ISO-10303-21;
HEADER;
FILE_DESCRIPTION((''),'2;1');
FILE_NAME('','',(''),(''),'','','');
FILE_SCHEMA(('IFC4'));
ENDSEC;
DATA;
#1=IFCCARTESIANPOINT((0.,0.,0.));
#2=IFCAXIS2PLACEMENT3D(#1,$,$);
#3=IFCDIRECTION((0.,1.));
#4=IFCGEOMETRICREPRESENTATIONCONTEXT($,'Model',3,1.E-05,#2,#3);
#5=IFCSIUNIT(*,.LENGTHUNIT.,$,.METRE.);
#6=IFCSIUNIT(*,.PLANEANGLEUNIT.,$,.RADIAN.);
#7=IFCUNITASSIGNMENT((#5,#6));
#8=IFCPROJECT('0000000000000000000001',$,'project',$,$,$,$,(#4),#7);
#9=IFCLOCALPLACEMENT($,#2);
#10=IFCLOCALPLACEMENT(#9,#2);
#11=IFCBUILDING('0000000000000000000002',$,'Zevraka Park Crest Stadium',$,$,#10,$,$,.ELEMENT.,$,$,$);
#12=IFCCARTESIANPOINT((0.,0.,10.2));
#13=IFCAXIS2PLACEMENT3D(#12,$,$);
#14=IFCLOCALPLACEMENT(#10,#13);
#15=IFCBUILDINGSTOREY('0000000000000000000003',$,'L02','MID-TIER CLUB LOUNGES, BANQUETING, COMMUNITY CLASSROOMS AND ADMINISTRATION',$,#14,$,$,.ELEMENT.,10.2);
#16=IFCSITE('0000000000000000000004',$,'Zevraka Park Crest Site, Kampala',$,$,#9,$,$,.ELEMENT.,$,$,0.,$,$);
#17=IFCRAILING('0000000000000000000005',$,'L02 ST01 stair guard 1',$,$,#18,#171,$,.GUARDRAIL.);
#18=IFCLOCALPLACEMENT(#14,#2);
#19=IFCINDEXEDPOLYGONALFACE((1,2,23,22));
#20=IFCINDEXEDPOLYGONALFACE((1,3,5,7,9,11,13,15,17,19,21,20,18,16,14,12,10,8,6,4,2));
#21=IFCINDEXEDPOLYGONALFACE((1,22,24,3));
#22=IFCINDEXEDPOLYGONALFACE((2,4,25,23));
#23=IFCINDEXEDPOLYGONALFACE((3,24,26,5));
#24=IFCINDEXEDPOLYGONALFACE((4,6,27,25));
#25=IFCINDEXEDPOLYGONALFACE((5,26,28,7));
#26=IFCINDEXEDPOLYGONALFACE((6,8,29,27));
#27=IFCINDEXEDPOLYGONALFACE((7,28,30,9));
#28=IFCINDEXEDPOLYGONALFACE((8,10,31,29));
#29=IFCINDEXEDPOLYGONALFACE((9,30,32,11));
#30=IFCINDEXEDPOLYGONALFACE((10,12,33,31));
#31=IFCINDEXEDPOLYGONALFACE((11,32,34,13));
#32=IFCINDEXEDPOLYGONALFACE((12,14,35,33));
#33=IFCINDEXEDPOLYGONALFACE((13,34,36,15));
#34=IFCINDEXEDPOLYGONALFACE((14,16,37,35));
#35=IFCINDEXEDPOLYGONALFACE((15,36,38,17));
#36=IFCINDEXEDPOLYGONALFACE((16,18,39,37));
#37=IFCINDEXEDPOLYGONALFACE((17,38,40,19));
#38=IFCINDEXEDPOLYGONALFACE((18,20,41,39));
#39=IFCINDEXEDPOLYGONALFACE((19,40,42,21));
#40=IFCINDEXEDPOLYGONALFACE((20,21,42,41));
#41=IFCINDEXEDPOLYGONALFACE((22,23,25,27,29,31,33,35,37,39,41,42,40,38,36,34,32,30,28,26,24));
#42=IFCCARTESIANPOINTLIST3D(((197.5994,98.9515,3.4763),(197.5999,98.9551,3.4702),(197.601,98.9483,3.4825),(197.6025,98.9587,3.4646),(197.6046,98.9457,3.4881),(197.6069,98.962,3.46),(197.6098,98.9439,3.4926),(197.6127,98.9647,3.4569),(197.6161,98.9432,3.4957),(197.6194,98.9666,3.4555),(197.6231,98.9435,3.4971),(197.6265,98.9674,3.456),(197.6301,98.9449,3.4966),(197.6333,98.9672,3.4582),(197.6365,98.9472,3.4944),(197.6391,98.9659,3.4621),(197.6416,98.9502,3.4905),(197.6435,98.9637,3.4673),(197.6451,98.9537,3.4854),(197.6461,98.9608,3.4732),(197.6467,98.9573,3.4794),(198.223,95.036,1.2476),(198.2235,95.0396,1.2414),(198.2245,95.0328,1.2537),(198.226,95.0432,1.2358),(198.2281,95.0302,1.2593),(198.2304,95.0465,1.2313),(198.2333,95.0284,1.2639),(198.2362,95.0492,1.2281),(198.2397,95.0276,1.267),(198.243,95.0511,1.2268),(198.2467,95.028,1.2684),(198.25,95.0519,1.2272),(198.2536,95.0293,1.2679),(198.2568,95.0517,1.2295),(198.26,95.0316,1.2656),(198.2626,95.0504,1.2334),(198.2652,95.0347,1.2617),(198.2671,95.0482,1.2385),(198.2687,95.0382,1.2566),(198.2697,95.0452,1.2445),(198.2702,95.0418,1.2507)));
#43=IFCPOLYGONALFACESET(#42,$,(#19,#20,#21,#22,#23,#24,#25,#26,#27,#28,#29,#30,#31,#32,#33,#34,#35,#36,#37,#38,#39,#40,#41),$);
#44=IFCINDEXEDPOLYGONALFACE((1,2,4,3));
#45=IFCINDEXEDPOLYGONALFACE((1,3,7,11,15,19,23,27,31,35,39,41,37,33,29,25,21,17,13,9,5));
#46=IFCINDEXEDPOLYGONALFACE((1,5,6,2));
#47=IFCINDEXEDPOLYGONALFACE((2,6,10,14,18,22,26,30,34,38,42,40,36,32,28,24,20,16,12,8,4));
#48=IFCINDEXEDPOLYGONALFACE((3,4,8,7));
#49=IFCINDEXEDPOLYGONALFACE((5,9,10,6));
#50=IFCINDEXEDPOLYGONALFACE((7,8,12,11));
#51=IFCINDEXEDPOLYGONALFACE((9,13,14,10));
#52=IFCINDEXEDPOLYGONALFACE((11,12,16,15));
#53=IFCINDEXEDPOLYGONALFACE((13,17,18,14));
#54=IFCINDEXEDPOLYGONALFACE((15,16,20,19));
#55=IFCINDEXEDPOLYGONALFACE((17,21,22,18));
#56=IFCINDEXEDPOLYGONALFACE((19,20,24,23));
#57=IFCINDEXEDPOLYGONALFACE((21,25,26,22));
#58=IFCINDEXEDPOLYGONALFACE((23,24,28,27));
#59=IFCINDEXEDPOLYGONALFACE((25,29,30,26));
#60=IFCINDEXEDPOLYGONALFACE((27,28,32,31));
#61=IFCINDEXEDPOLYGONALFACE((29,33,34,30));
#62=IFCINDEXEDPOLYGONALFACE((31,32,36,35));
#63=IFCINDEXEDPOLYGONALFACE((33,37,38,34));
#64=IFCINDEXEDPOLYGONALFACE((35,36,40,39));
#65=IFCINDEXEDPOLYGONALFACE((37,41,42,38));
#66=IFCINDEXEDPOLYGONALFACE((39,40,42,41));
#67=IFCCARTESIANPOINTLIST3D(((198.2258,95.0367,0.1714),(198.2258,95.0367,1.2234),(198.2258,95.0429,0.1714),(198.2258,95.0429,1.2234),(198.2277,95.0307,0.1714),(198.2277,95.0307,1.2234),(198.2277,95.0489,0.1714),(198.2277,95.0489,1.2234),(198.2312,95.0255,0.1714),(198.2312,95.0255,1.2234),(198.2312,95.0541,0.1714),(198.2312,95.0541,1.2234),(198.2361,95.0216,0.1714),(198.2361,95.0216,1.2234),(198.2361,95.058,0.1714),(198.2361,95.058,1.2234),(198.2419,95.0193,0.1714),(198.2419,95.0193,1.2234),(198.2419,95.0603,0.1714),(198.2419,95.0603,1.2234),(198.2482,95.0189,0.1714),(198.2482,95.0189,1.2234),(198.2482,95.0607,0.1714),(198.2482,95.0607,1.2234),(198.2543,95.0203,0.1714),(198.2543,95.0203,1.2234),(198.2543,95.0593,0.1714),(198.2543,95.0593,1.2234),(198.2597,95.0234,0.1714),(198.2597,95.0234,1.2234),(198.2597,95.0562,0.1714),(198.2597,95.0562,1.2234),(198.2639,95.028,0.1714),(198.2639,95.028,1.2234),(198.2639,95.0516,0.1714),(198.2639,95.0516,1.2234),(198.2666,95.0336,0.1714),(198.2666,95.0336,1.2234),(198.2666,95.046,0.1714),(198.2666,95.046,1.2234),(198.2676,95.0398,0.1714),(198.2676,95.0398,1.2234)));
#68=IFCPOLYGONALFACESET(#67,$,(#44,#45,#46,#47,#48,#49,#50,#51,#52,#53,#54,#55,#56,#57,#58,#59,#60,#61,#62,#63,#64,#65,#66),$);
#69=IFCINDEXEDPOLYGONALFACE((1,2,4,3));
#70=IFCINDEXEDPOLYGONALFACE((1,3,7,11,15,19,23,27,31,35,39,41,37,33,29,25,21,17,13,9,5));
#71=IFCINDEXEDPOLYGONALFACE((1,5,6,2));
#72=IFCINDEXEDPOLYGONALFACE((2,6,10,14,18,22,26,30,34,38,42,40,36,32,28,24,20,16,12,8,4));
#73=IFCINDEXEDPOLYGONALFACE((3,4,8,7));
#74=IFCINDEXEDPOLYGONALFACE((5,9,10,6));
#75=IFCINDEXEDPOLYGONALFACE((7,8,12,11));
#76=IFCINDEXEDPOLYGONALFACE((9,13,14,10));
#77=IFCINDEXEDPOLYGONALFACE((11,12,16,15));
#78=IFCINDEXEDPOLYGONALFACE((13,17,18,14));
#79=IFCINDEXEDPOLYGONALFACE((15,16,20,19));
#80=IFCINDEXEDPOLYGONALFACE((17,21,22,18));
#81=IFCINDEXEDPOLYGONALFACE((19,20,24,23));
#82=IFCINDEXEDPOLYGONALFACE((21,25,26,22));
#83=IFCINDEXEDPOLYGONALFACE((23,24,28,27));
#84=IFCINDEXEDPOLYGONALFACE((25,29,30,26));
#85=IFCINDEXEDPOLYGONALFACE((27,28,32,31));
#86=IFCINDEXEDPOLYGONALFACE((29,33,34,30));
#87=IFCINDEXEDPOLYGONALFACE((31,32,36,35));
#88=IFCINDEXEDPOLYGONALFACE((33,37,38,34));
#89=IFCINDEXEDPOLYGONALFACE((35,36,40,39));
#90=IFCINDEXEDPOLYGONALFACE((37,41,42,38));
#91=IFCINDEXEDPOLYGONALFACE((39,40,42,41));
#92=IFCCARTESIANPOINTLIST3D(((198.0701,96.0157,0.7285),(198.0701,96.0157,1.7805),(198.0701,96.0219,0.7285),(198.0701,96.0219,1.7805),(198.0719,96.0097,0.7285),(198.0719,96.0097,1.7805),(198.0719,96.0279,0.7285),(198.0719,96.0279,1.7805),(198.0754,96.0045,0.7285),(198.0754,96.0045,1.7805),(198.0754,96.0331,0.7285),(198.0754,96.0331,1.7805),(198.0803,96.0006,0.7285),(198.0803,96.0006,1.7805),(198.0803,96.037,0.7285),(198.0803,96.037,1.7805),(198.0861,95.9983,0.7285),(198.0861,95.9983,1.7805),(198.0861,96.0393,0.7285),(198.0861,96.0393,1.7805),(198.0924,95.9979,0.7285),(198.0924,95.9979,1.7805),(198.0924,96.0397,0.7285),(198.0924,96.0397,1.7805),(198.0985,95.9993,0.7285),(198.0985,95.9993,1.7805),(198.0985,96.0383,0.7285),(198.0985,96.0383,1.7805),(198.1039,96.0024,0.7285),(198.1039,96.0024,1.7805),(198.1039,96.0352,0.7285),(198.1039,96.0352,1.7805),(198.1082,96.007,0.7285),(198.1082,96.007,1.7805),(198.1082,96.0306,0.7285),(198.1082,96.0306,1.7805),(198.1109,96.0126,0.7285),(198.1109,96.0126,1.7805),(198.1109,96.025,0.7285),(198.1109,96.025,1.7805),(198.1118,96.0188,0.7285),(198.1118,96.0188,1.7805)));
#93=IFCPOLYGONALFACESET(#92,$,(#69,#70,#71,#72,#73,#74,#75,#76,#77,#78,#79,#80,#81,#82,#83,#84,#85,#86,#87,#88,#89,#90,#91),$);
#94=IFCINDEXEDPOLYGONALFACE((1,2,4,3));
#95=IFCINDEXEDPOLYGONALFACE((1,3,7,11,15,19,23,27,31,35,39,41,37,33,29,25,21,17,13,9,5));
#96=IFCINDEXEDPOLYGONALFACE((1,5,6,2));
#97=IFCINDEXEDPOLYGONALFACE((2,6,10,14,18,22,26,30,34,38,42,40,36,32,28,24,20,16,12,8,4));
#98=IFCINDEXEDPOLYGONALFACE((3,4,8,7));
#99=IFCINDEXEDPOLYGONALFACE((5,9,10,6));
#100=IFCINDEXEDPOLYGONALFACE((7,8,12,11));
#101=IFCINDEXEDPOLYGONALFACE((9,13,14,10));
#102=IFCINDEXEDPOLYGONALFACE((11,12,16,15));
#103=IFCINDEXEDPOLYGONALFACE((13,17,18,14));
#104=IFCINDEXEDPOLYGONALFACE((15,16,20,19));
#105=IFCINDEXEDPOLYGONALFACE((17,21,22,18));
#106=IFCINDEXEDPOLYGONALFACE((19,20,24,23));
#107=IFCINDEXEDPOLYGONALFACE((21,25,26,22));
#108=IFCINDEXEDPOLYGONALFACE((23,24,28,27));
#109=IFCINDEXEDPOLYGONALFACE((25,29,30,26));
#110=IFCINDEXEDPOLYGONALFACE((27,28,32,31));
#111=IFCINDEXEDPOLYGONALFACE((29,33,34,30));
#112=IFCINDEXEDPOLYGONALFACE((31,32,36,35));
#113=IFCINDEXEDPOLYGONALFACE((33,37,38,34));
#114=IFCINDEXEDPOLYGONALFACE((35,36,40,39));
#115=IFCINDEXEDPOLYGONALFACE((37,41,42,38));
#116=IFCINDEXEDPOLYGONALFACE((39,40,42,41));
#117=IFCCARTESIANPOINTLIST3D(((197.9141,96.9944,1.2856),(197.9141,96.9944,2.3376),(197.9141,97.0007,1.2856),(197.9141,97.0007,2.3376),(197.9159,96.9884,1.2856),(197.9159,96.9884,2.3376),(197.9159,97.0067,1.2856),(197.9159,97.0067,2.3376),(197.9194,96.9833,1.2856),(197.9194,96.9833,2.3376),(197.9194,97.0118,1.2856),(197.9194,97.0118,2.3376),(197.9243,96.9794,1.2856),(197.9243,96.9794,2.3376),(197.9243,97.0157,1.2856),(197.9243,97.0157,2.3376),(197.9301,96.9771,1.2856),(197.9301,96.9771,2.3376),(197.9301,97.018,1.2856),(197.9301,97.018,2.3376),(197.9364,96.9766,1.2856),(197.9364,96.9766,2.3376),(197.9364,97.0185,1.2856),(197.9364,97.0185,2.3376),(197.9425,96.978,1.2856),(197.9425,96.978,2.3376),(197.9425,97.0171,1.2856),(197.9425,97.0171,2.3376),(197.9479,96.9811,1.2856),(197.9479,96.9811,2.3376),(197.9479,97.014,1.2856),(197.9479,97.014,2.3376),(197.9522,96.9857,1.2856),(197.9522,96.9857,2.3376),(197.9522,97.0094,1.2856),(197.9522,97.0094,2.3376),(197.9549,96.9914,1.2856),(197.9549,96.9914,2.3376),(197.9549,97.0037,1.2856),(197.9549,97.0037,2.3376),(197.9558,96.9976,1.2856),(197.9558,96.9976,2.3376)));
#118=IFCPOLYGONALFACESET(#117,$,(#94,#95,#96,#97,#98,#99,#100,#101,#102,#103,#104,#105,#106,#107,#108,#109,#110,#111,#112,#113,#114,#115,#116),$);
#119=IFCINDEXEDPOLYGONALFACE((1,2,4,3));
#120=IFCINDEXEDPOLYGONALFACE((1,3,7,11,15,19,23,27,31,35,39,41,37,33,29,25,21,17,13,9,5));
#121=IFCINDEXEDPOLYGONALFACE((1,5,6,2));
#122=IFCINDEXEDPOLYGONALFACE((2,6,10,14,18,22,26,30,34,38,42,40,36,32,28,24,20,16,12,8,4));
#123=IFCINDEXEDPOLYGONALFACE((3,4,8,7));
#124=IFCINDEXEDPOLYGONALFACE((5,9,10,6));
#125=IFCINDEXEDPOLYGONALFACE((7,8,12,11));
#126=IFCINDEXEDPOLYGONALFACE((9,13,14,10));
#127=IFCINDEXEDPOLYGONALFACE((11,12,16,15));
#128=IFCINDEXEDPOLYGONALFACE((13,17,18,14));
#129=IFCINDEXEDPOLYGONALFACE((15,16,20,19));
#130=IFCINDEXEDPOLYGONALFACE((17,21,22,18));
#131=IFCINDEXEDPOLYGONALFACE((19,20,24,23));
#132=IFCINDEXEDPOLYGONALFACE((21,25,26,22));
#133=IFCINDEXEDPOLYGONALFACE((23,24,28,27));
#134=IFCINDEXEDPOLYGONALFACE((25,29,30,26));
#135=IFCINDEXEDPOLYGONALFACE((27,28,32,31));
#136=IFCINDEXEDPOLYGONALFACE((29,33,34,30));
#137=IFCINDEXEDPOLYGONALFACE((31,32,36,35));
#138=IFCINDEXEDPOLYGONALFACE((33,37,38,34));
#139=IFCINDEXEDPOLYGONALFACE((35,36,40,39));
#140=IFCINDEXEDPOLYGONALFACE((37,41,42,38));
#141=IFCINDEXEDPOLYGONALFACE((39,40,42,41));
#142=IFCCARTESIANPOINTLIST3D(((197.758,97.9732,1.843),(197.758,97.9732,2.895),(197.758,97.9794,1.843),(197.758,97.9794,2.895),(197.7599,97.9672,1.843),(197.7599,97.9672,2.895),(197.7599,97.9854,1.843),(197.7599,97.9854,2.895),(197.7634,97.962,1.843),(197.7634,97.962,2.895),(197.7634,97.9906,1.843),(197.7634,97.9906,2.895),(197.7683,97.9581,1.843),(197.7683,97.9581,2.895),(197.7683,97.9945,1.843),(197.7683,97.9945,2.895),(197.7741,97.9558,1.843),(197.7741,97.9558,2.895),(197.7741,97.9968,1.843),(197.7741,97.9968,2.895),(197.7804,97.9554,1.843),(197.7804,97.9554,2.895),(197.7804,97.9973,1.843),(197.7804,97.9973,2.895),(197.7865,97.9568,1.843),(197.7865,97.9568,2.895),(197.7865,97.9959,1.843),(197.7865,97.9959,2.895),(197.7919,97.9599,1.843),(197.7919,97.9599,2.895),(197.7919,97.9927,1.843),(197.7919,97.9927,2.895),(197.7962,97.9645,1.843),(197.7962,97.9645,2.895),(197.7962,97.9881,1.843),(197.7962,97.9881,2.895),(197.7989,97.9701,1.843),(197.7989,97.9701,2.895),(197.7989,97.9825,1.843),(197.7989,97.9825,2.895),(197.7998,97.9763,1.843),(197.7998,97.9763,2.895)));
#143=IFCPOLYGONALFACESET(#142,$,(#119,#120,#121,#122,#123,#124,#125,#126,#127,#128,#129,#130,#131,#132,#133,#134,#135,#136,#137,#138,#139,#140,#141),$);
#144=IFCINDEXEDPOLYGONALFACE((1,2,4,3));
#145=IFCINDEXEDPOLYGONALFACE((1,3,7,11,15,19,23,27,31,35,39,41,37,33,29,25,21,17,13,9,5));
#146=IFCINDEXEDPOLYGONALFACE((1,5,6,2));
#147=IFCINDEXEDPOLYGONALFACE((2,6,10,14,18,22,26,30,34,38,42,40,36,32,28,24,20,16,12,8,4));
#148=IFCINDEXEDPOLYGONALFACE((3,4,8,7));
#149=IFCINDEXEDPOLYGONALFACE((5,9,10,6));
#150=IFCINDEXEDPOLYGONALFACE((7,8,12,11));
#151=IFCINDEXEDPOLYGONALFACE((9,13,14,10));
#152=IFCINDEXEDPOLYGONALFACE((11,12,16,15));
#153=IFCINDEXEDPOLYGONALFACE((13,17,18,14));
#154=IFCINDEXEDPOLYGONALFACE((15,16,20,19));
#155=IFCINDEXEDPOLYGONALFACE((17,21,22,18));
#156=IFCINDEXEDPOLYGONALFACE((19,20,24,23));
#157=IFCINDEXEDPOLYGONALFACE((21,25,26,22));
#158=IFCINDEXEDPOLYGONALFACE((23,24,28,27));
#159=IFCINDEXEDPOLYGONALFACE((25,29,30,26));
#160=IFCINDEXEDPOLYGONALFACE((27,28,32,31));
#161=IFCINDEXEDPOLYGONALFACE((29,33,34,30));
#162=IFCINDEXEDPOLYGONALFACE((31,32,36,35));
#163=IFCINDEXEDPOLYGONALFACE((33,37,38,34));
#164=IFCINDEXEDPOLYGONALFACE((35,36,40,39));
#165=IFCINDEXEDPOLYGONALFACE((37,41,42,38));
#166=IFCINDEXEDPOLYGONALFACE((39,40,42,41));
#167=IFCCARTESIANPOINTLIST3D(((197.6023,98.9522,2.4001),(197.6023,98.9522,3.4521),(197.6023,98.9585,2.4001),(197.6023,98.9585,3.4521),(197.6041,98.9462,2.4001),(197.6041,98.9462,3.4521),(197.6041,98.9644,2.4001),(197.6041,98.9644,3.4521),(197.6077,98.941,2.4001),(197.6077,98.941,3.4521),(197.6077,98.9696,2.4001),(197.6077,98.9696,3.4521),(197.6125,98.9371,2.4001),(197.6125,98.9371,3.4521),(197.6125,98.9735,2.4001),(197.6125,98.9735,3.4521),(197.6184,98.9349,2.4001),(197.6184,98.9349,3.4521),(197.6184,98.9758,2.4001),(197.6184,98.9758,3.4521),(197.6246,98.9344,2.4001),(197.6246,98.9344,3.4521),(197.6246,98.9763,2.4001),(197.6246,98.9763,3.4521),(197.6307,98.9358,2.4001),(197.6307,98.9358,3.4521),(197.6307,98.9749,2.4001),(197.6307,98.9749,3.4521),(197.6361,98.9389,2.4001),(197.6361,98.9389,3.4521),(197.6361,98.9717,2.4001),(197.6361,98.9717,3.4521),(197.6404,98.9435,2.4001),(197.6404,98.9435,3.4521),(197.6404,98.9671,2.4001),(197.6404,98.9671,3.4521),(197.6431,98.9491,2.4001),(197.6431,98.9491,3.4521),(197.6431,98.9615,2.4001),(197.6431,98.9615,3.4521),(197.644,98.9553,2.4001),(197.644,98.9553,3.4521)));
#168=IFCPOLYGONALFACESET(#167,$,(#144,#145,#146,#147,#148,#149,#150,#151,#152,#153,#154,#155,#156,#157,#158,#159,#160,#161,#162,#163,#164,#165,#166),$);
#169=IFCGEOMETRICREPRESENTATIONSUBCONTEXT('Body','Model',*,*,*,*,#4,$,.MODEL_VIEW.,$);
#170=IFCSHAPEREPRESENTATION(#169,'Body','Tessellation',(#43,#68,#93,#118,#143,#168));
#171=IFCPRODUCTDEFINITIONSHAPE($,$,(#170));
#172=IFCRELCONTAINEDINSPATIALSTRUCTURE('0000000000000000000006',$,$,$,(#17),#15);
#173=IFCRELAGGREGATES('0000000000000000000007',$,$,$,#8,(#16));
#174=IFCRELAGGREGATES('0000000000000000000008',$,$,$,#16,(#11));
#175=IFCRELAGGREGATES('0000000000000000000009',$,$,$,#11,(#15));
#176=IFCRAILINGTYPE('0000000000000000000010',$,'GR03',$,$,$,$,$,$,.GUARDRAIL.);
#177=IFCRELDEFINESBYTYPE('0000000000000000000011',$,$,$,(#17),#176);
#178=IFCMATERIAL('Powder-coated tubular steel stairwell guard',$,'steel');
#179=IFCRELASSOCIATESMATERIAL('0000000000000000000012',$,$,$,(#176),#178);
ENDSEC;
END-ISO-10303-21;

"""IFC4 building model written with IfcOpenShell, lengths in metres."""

from ifc_helpers import new_model, si_unit, direction, frame, origin, origin_2d, place, context, subcontext, project, spatial, circle, extrude, material, type_object, element, save


model = new_model("IFC4")

# Units and contexts
model_context = context("Model", 3, precision=1e-05, world=origin(), true_north=direction((0.0, 1.0)))
body_context = subcontext(model_context, "Body", "Model", "MODEL_VIEW")
ifc_project = project(units=[si_unit("LENGTHUNIT", "METRE"), si_unit("PLANEANGLEUNIT", "RADIAN")], contexts=[model_context])

# Site, building, storey
site_placement = place(None, origin())
site = spatial("IfcSite", under=ifc_project, at=site_placement, Name="Zevraka Park Crest Site, Kampala", CompositionType="ELEMENT", RefElevation=0.0)
building_placement = place(site_placement, origin())
building = spatial("IfcBuilding", under=site, at=building_placement, Name="Zevraka Park Crest Stadium", CompositionType="ELEMENT")
storey_placement = place(building_placement, frame((0.0, 0.0, 10.2)))
storey = spatial("IfcBuildingStorey", under=building, at=storey_placement, Name="L02", Description="MID-TIER CLUB LOUNGES, BANQUETING, COMMUNITY CLASSROOMS AND ADMINISTRATION", CompositionType="ELEMENT", Elevation=10.2)

# Railing
ifc_material_1 = material(Name="Powder-coated tubular steel stairwell guard", Category="steel")
railing_type_1 = type_object("IfcRailingType", Name="GR03", PredefinedType="GUARDRAIL", material=ifc_material_1)
railing_1_placement = place(storey_placement, frame((198.2466, 95.0398, 0.1714)))
element("IfcRailing", 1, at=railing_1_placement, inside=storey, type_object=railing_type_1, Name="L02 ST01 stair guard 1", PredefinedType="GUARDRAIL", context=body_context, shape_type="SweptSolid", body=[
    extrude(circle(Radius=0.0239, at=origin_2d()), frame((0.0, 0.0, 1.0762), z_axis=(-0.13709, 0.860867, 0.490015), x_axis=(-0.987556, -0.157265, 0.0)), (0.0, 0.0, 1.0), 4.5483),
    extrude(circle(Radius=0.021, at=origin_2d()), origin(), (0.0, 0.0, 1.0), 1.052),
    extrude(circle(Radius=0.021, at=origin_2d()), frame((-0.1558, 0.979, 0.5571)), (0.0, 0.0, 1.0), 1.052),
    extrude(circle(Radius=0.021, at=origin_2d()), frame((-0.3118, 1.9578, 1.1143)), (0.0, 0.0, 1.0), 1.052),
    extrude(circle(Radius=0.021, at=origin_2d()), frame((-0.4678, 2.9365, 1.6716)), (0.0, 0.0, 1.0), 1.052),
    extrude(circle(Radius=0.021, at=origin_2d()), frame((-0.6235, 3.9155, 2.2288)), (0.0, 0.0, 1.0), 1.052),
])

save(model, "model.ifc")
